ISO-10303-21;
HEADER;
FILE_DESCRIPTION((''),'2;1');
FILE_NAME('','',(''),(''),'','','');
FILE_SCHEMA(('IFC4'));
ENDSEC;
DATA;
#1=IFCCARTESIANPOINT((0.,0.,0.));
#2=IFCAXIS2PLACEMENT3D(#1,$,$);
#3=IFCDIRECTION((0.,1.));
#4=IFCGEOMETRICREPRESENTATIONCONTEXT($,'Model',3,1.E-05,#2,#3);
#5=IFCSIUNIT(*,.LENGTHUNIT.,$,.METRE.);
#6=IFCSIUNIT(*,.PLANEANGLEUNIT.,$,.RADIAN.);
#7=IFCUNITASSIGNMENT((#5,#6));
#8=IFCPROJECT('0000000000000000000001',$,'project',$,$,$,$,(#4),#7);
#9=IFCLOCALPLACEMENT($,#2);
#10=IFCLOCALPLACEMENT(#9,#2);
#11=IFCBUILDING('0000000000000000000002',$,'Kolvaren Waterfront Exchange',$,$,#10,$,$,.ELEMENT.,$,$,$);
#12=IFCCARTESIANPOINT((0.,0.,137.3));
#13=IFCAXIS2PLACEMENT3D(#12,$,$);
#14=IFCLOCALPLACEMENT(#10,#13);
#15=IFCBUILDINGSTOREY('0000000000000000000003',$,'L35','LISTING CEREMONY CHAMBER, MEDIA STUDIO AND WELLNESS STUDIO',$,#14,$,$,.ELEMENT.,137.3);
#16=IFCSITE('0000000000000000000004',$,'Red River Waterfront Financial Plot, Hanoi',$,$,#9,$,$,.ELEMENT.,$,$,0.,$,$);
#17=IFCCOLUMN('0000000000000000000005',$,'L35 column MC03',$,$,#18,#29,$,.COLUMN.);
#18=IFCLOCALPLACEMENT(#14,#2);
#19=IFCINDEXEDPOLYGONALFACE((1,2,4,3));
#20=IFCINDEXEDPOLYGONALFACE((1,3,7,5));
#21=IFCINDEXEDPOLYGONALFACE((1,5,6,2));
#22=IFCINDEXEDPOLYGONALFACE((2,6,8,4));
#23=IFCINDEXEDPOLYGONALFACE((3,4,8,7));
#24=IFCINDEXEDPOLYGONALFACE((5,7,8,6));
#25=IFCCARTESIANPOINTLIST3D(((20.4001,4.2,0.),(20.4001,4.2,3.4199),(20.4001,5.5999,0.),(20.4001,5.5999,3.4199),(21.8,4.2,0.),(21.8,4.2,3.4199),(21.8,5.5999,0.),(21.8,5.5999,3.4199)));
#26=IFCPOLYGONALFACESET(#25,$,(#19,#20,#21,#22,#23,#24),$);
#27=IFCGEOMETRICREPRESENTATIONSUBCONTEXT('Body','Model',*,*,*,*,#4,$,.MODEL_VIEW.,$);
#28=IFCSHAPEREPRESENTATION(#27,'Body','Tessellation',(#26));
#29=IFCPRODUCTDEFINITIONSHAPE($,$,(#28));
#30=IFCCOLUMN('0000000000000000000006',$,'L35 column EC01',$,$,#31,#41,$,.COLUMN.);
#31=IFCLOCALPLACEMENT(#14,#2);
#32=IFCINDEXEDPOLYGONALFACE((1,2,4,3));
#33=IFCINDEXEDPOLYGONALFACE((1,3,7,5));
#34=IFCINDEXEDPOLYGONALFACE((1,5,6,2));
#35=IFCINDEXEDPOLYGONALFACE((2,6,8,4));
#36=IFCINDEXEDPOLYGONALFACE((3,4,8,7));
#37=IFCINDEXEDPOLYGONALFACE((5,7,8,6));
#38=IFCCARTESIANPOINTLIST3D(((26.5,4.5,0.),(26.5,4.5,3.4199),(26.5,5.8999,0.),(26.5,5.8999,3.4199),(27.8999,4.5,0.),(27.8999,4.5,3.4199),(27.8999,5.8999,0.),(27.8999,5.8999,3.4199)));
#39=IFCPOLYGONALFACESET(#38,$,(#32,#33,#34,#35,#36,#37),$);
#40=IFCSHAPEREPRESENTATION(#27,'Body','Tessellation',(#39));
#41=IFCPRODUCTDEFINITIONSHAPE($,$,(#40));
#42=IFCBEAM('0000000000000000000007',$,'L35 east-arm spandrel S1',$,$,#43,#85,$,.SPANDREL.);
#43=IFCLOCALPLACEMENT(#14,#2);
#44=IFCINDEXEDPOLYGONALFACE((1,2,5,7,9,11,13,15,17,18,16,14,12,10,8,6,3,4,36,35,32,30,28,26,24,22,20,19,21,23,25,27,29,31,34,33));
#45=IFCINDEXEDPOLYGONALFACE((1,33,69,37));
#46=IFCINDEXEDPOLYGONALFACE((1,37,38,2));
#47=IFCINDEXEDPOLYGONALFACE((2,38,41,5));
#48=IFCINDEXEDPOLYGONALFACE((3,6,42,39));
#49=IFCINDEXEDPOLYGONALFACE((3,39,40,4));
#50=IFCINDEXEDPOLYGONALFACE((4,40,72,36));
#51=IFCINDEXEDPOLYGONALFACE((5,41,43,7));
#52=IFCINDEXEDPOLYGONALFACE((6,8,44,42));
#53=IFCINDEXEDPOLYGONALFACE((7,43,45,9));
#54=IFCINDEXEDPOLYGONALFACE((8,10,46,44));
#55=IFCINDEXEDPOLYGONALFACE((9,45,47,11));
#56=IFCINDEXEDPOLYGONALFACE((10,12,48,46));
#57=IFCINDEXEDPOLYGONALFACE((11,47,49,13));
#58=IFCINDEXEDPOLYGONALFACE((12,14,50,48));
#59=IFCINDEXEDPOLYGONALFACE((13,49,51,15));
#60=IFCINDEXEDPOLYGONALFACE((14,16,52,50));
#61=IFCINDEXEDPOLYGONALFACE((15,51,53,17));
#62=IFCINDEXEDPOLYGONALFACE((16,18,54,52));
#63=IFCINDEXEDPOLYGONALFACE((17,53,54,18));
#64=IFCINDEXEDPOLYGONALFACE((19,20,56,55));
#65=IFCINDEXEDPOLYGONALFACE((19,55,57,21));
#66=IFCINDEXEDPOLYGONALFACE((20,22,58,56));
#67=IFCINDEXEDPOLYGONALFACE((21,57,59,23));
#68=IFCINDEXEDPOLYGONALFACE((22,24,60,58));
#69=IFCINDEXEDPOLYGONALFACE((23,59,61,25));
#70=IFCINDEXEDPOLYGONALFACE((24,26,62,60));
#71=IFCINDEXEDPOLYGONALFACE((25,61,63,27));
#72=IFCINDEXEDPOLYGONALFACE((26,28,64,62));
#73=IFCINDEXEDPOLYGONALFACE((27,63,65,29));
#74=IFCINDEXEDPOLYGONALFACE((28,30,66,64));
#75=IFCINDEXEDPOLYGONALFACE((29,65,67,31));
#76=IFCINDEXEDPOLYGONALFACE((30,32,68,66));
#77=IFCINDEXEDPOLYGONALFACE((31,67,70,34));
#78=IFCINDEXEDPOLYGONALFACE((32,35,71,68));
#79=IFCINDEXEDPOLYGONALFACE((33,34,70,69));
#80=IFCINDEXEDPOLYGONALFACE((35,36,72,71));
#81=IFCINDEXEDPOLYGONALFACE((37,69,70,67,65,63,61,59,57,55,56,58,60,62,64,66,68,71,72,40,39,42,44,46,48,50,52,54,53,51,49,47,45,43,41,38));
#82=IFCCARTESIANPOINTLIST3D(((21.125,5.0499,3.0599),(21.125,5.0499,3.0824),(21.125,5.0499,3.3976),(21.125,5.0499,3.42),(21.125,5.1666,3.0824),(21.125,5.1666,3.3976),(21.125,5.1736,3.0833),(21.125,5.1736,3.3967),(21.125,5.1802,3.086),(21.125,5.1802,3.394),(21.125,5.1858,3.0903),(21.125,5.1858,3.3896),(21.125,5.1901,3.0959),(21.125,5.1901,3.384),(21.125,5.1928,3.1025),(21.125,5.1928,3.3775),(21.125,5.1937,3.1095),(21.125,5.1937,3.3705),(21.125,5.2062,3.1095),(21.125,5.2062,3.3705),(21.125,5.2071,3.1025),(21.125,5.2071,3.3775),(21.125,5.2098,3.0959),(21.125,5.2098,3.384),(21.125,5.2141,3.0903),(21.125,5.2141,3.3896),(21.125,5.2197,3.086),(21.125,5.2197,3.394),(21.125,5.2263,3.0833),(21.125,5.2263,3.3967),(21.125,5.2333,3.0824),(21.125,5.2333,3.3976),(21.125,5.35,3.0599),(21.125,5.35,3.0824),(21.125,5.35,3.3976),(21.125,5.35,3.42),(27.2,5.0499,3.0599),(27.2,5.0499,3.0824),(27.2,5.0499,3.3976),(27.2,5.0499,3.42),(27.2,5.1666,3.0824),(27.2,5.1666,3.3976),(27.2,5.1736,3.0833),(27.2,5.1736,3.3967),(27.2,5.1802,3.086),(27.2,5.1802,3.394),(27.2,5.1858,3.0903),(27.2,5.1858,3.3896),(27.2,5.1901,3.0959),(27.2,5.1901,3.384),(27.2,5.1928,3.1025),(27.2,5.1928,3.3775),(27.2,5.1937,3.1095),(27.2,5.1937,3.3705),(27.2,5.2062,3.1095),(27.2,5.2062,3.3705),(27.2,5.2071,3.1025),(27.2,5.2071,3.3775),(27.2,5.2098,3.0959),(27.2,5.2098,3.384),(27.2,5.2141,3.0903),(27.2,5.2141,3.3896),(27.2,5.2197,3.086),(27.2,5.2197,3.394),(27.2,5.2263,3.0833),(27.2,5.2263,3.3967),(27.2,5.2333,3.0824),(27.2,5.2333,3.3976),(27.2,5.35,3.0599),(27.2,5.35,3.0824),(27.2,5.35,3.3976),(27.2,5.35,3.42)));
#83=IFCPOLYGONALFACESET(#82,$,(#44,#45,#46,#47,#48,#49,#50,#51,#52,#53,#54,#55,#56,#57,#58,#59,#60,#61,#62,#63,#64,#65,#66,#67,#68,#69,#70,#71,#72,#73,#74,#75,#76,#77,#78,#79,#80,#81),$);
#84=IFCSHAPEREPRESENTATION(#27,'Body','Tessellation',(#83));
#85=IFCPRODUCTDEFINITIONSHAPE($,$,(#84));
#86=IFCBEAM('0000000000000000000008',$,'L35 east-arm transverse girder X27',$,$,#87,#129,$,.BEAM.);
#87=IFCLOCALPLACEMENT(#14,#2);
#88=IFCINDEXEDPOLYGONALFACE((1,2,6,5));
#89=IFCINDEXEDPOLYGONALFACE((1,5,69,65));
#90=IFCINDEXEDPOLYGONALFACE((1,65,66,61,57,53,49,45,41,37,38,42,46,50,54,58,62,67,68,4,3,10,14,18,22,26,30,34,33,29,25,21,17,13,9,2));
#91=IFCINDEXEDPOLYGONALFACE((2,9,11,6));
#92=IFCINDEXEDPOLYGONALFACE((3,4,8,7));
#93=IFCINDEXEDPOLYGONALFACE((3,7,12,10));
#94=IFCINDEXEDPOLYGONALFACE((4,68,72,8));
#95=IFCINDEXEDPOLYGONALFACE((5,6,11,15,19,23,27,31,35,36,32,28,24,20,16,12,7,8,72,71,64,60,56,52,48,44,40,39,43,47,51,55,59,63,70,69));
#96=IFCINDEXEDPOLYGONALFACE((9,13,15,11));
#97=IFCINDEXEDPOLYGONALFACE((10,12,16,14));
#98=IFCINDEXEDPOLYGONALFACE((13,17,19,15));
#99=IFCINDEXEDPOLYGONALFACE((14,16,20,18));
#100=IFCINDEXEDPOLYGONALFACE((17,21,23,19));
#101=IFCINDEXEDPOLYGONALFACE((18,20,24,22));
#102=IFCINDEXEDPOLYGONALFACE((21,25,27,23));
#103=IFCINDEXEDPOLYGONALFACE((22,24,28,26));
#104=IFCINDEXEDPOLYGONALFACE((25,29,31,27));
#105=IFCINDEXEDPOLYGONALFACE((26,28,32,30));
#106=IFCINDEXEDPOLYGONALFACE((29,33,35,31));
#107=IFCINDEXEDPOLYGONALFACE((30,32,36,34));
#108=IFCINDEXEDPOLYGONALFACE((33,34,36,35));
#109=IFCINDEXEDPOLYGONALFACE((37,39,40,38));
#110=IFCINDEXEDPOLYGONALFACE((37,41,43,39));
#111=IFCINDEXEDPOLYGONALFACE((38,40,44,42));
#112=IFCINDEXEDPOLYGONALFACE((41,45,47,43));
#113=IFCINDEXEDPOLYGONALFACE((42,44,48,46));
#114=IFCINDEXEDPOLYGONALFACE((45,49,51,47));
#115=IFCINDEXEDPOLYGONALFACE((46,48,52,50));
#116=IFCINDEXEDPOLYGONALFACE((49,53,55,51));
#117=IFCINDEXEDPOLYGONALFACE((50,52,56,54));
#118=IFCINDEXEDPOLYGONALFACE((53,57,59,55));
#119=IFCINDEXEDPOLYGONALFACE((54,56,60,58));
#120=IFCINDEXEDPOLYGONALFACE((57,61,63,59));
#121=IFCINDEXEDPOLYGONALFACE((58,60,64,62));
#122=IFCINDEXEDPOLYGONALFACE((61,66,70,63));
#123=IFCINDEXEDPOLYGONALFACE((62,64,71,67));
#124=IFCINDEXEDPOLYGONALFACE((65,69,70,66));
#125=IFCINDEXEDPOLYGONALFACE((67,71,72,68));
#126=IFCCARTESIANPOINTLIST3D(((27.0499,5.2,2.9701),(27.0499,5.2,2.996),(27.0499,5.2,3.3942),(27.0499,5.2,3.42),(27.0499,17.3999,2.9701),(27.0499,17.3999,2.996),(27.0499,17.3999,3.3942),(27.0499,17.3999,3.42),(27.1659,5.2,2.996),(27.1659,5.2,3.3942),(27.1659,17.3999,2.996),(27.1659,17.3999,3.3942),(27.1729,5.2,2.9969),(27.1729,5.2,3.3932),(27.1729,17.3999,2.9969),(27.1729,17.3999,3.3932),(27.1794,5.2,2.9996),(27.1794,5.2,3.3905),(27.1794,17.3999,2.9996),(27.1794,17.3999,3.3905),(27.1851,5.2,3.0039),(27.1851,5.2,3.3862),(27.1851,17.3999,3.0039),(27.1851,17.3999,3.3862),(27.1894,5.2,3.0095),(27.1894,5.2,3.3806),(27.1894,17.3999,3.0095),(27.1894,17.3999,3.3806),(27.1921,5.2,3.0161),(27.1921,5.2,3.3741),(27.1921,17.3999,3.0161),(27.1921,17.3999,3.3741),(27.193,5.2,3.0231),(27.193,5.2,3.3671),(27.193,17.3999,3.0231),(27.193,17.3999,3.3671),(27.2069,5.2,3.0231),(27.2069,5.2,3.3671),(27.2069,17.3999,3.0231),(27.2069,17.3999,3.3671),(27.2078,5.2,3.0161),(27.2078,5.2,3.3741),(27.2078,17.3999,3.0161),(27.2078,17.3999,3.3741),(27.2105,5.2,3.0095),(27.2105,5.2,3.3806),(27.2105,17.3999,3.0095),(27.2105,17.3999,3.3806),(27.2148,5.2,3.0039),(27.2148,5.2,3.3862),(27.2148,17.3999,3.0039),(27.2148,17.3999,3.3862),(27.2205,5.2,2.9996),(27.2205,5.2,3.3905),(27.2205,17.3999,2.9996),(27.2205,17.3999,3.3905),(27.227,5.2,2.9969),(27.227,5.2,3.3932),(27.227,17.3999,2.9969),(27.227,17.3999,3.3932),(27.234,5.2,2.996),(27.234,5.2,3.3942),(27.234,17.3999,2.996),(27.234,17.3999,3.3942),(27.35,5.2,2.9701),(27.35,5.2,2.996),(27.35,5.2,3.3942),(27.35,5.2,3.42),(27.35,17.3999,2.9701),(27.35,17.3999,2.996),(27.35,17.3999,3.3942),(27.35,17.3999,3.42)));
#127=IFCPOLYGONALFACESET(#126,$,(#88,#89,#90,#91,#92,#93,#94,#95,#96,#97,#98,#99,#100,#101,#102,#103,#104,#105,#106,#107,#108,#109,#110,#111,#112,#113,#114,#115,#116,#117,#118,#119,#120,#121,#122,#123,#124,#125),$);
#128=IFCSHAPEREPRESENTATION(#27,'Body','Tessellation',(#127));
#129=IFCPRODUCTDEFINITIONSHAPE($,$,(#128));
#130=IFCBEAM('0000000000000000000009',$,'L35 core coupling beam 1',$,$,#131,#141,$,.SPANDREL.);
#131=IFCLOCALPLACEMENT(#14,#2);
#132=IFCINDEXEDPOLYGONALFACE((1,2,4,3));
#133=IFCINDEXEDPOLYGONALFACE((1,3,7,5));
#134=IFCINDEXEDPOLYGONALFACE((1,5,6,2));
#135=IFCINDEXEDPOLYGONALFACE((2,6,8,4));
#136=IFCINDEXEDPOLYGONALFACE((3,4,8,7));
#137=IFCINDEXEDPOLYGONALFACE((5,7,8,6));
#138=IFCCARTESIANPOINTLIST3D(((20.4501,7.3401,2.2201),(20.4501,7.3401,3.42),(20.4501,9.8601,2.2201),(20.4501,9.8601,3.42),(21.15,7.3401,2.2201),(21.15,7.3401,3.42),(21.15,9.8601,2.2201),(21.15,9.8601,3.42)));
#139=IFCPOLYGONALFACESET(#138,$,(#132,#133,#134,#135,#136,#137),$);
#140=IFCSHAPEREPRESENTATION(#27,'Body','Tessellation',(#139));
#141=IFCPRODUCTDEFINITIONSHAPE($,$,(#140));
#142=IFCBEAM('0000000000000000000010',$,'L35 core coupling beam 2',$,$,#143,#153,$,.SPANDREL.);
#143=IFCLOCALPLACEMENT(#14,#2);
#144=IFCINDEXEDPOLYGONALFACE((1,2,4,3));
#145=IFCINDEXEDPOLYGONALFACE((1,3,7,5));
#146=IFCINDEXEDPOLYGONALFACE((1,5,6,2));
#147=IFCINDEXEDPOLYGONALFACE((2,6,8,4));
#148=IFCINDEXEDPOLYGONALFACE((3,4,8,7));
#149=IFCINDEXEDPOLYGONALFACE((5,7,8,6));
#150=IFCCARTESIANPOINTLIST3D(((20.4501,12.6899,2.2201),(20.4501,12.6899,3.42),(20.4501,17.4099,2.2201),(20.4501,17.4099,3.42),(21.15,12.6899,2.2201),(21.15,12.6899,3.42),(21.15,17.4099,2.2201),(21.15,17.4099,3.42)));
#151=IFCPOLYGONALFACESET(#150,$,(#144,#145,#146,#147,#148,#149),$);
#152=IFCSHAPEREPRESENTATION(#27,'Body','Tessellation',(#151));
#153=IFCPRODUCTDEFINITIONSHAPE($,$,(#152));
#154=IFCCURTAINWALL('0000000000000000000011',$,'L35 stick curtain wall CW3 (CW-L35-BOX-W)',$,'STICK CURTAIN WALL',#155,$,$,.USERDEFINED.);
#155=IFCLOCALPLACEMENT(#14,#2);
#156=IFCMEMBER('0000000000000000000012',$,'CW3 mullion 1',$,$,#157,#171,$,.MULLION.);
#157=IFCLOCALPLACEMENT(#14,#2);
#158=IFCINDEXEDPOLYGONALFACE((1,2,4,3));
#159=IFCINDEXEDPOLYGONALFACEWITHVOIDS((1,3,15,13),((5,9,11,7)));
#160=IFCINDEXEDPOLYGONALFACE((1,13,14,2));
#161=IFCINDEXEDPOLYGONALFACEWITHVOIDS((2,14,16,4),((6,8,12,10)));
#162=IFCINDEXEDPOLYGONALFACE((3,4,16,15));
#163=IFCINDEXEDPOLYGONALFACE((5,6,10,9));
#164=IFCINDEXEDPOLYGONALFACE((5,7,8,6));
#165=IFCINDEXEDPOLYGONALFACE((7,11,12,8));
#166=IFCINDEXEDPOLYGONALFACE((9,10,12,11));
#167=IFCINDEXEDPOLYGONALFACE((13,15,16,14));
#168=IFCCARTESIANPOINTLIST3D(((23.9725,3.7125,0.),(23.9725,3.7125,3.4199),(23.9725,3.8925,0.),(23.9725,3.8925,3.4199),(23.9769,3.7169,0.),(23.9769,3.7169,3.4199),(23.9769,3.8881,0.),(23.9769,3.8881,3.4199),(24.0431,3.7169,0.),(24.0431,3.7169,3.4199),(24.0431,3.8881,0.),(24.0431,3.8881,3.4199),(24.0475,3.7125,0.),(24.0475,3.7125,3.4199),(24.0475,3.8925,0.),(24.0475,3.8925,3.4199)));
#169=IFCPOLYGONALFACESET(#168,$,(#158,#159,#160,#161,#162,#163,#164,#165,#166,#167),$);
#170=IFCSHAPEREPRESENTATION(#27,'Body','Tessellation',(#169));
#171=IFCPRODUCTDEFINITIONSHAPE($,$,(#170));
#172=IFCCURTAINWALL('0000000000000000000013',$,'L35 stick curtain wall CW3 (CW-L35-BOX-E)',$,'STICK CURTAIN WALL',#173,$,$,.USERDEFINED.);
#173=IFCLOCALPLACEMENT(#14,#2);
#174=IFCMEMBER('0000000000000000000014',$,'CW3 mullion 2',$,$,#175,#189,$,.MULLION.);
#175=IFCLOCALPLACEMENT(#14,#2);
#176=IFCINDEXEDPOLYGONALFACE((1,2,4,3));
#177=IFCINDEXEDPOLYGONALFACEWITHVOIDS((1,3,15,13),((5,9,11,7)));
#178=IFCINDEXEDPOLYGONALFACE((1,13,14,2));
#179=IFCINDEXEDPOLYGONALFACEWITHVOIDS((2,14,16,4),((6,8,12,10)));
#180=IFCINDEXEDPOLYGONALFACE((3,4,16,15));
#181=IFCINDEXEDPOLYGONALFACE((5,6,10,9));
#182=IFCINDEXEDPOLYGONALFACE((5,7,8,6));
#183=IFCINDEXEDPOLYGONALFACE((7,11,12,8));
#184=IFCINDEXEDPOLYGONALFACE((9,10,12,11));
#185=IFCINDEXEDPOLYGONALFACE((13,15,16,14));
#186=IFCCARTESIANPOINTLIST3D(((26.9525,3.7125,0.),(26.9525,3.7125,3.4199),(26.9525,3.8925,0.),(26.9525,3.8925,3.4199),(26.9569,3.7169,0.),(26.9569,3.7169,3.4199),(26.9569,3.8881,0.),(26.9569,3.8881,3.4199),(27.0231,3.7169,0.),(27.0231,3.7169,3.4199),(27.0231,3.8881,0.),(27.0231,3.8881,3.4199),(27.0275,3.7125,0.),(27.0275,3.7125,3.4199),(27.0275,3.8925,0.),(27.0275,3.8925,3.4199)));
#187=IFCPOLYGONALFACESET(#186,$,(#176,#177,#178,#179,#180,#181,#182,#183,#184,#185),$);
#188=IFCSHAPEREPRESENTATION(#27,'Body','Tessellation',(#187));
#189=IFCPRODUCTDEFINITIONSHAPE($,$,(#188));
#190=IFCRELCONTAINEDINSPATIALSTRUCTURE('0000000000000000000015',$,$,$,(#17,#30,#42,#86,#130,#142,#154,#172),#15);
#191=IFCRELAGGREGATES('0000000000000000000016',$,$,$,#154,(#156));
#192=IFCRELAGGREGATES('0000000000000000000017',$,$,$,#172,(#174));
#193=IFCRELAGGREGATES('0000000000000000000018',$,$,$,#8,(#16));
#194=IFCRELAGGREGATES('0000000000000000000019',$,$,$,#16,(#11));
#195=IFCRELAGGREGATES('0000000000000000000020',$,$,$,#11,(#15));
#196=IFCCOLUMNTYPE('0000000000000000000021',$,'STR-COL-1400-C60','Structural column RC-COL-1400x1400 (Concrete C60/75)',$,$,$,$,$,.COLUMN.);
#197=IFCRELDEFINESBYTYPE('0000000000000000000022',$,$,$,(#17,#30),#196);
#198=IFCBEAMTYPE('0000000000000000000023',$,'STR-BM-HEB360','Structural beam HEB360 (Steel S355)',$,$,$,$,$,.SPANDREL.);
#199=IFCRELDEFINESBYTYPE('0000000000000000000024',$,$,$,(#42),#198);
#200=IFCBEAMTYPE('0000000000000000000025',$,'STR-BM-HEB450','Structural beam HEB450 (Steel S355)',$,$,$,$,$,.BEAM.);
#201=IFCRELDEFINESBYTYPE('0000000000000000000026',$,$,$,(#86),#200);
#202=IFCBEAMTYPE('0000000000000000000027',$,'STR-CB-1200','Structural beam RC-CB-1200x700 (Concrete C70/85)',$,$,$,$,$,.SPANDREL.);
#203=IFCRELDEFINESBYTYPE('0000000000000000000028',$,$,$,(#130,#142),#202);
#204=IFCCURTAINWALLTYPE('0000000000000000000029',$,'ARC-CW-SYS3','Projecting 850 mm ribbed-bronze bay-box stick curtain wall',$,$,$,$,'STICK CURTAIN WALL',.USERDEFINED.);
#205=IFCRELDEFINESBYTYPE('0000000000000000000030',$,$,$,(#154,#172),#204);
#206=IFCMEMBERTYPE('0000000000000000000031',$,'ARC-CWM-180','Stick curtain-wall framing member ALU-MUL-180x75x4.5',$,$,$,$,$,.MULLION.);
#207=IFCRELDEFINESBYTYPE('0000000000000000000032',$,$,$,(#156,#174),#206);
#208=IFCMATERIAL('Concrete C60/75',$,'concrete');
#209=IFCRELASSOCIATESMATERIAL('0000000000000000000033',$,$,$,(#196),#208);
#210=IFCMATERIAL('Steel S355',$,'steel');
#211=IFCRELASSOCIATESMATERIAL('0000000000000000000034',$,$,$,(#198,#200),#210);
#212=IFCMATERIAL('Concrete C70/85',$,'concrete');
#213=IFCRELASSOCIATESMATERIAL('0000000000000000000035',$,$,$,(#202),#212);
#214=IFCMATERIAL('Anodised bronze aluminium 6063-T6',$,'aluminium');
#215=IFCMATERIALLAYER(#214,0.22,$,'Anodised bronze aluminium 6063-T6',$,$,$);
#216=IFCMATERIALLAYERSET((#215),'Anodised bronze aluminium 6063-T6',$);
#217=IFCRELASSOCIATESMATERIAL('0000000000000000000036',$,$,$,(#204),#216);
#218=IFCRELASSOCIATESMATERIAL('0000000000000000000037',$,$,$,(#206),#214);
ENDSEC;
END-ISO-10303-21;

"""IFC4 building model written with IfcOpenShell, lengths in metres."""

from ifc_helpers import new_model, si_unit, direction, frame, origin, origin_with_axes, origin_2d, place, context, subcontext, project, spatial, rectangle, hollow_rectangle, i_section, extrude, source, transform, mapped, material, layer, layer_set, material_profile, profile_set, type_object, element, aggregate, save


model = new_model("IFC4")

# Units and contexts
model_context = context("Model", 3, precision=1e-05, world=origin(), true_north=direction((0.0, 1.0)))
body_context = subcontext(model_context, "Body", "Model", "MODEL_VIEW")
ifc_project = project(units=[si_unit("LENGTHUNIT", "METRE"), si_unit("PLANEANGLEUNIT", "RADIAN")], contexts=[model_context])

# Site, building, storey
site_placement = place(None, origin())
site = spatial("IfcSite", under=ifc_project, at=site_placement, Name="Red River Waterfront Financial Plot, Hanoi", CompositionType="ELEMENT", RefElevation=0.0)
building_placement = place(site_placement, origin())
building = spatial("IfcBuilding", under=site, at=building_placement, Name="Kolvaren Waterfront Exchange", CompositionType="ELEMENT")
storey_placement = place(building_placement, frame((0.0, 0.0, 137.3)))
storey = spatial("IfcBuildingStorey", under=building, at=storey_placement, Name="L35", Description="LISTING CEREMONY CHAMBER, MEDIA STUDIO AND WELLNESS STUDIO", CompositionType="ELEMENT", Elevation=137.3)

# Columns
ifc_material_1 = material(Name="Concrete C60/75", Category="concrete")
ifc_material_profile_1 = material_profile(ifc_material_1, rectangle(XDim=1.3999, YDim=1.3999, at=origin_2d()), Name="RC-COL-1400x1400")
ifc_profile_set_1 = profile_set([ifc_material_profile_1], Name="Concrete C60/75")
column_type = type_object("IfcColumnType", Name="STR-COL-1400-C60", Description="Structural column RC-COL-1400x1400 (Concrete C60/75)", PredefinedType="COLUMN", material=ifc_profile_set_1)
for number, where, z_axis, x_axis, name in (
    (1, (21.1001, 4.8999, 0.0), (0.0, 0.0, 1.0), (1.0, 0.0, 0.0), "L35 column MC03"),
    (2, (27.2, 5.2, 0.0), (0.0, 0.0, 1.0), (1.0, 0.0, 0.0), "L35 column EC01"),
):
    element("IfcColumn", number, at=place(storey_placement, frame(where, z_axis=z_axis, x_axis=x_axis)), inside=storey, type_object=column_type, Name=name, PredefinedType="COLUMN", context=body_context, shape_type="SweptSolid", body=[
        extrude(rectangle(XDim=1.3999, YDim=1.3999, at=origin_2d()), origin(), (0.0, 0.0, 1.0), 3.4199),
    ])

# Beams
ifc_material_2 = material(Name="Steel S355", Category="steel")
ifc_material_profile_2 = material_profile(ifc_material_2, i_section(OverallWidth=0.3, OverallDepth=0.3601, WebThickness=0.0125, FlangeThickness=0.0225, FilletRadius=0.0271, at=origin_2d()), Name="HEB360")
ifc_profile_set_2 = profile_set([ifc_material_profile_2], Name="Steel S355")
beam_type_1 = type_object("IfcBeamType", Name="STR-BM-HEB360", Description="Structural beam HEB360 (Steel S355)", PredefinedType="SPANDREL", material=ifc_profile_set_2)
beam_1_placement = place(storey_placement, frame((21.125, 5.2, 3.24), z_axis=(1.0, 0.0, 0.0), x_axis=(0.0, 1.0, 0.0)))
element("IfcBeam", 3, at=beam_1_placement, inside=storey, type_object=beam_type_1, Name="L35 east-arm spandrel S1", PredefinedType="SPANDREL", context=body_context, shape_type="SweptSolid", body=[
    extrude(i_section(OverallWidth=0.3, OverallDepth=0.3601, WebThickness=0.0125, FlangeThickness=0.0225, FilletRadius=0.0271, at=origin_2d()), origin(), (0.0, 0.0, 1.0), 6.075),
])
ifc_material_profile_3 = material_profile(ifc_material_2, i_section(OverallWidth=0.3, OverallDepth=0.45, WebThickness=0.0139, FlangeThickness=0.0259, FilletRadius=0.0271, at=origin_2d()), Name="HEB450")
ifc_profile_set_3 = profile_set([ifc_material_profile_3], Name="Steel S355")
beam_type_2 = type_object("IfcBeamType", Name="STR-BM-HEB450", Description="Structural beam HEB450 (Steel S355)", PredefinedType="BEAM", material=ifc_profile_set_3)
beam_2_placement = place(storey_placement, frame((27.2, 5.2, 3.1951), z_axis=(0.0, 1.0, 0.0), x_axis=(-1.0, 0.0, 0.0)))
element("IfcBeam", 4, at=beam_2_placement, inside=storey, type_object=beam_type_2, Name="L35 east-arm transverse girder X27", PredefinedType="BEAM", context=body_context, shape_type="SweptSolid", body=[
    extrude(i_section(OverallWidth=0.3, OverallDepth=0.45, WebThickness=0.0139, FlangeThickness=0.0259, FilletRadius=0.0271, at=origin_2d()), origin(), (0.0, 0.0, 1.0), 12.2),
])
ifc_material_3 = material(Name="Concrete C70/85", Category="concrete")
ifc_material_profile_4 = material_profile(ifc_material_3, rectangle(XDim=0.7, YDim=1.2, at=origin_2d()), Name="RC-CB-1200x700")
ifc_profile_set_4 = profile_set([ifc_material_profile_4], Name="Concrete C70/85")
beam_type_3 = type_object("IfcBeamType", Name="STR-CB-1200", Description="Structural beam RC-CB-1200x700 (Concrete C70/85)", PredefinedType="SPANDREL", material=ifc_profile_set_4)
beam_3_placement = place(storey_placement, frame((20.8, 7.3401, 2.8201), z_axis=(0.0, 1.0, 0.0), x_axis=(-1.0, 0.0, 0.0)))
element("IfcBeam", 5, at=beam_3_placement, inside=storey, type_object=beam_type_3, Name="L35 core coupling beam 1", PredefinedType="SPANDREL", context=body_context, shape_type="SweptSolid", body=[
    extrude(rectangle(XDim=0.7, YDim=1.2, at=origin_2d()), origin(), (0.0, 0.0, 1.0), 2.52),
])
beam_4_placement = place(storey_placement, frame((20.8, 12.6899, 2.8201), z_axis=(0.0, 1.0, 0.0), x_axis=(-1.0, 0.0, 0.0)))
element("IfcBeam", 6, at=beam_4_placement, inside=storey, type_object=beam_type_3, Name="L35 core coupling beam 2", PredefinedType="SPANDREL", context=body_context, shape_type="SweptSolid", body=[
    extrude(rectangle(XDim=0.7, YDim=1.2, at=origin_2d()), origin(), (0.0, 0.0, 1.0), 4.72),
])

# Curtain walls, members
ifc_material_4 = material(Name="Anodised bronze aluminium 6063-T6", Category="aluminium")
ifc_layer_1 = layer(ifc_material_4, 0.22, Name="Anodised bronze aluminium 6063-T6")
ifc_layer_set_1 = layer_set([ifc_layer_1], Name="Anodised bronze aluminium 6063-T6")
curtain_wall_type_1 = type_object("IfcCurtainWallType", Name="ARC-CW-SYS3", Description="Projecting 850 mm ribbed-bronze bay-box stick curtain wall", ElementType="STICK CURTAIN WALL", PredefinedType="USERDEFINED", material=ifc_layer_set_1)
curtain_wall_1_placement = place(storey_placement, origin())
curtain_wall_1 = element("IfcCurtainWall", 7, at=curtain_wall_1_placement, inside=storey, type_object=curtain_wall_type_1, Name="L35 stick curtain wall CW3 (CW-L35-BOX-W)", ObjectType="STICK CURTAIN WALL", PredefinedType="USERDEFINED")
ifc_material_profile_5 = material_profile(ifc_material_4, hollow_rectangle(XDim=0.075, YDim=0.1799, WallThickness=0.0044, at=origin_2d()), Name="ALU-MUL-180x75x4.5")
ifc_profile_set_5 = profile_set([ifc_material_profile_5], Name="Anodised bronze aluminium 6063-T6")
member_type_1 = type_object("IfcMemberType", Name="ARC-CWM-180", Description="Stick curtain-wall framing member ALU-MUL-180x75x4.5", PredefinedType="MULLION", material=ifc_profile_set_5)
shared_shape_1 = source(origin_with_axes(), body_context, "Body", "SweptSolid", [
    extrude(hollow_rectangle(XDim=0.075, YDim=0.1799, WallThickness=0.0044, at=origin_2d()), origin(), (0.0, 0.0, 1.0), 3.4199),
])
member_1_placement = place(storey_placement, frame((24.01, 3.8025, 0.0), z_axis=(0.0, 0.0, 1.0), x_axis=(1.0, 0.0, 0.0)))
member_1 = element("IfcMember", 8, at=member_1_placement, type_object=member_type_1, Name="CW3 mullion 1", PredefinedType="MULLION", context=body_context, shape_type="MappedRepresentation", body=[
    mapped(shared_shape_1, transform((0.0, 0.0, 0.0), x_axis=(1.0, 0.0, 0.0), y_axis=(0.0, 1.0, 0.0), z_axis=(0.0, 0.0, 1.0), scale=1.0)),
])
aggregate(curtain_wall_1, [member_1])
curtain_wall_2_placement = place(storey_placement, origin())
curtain_wall_2 = element("IfcCurtainWall", 9, at=curtain_wall_2_placement, inside=storey, type_object=curtain_wall_type_1, Name="L35 stick curtain wall CW3 (CW-L35-BOX-E)", ObjectType="STICK CURTAIN WALL", PredefinedType="USERDEFINED")
member_2_placement = place(storey_placement, frame((26.99, 3.8025, 0.0), z_axis=(0.0, 0.0, 1.0), x_axis=(-1.0, 0.0, 0.0)))
member_2 = element("IfcMember", 10, at=member_2_placement, type_object=member_type_1, Name="CW3 mullion 2", PredefinedType="MULLION", context=body_context, shape_type="MappedRepresentation", body=[
    mapped(shared_shape_1, transform((0.0, 0.0, 0.0), x_axis=(1.0, 0.0, 0.0), y_axis=(0.0, 1.0, 0.0), z_axis=(0.0, 0.0, 1.0), scale=1.0)),
])
aggregate(curtain_wall_2, [member_2])

save(model, "model.ifc")
